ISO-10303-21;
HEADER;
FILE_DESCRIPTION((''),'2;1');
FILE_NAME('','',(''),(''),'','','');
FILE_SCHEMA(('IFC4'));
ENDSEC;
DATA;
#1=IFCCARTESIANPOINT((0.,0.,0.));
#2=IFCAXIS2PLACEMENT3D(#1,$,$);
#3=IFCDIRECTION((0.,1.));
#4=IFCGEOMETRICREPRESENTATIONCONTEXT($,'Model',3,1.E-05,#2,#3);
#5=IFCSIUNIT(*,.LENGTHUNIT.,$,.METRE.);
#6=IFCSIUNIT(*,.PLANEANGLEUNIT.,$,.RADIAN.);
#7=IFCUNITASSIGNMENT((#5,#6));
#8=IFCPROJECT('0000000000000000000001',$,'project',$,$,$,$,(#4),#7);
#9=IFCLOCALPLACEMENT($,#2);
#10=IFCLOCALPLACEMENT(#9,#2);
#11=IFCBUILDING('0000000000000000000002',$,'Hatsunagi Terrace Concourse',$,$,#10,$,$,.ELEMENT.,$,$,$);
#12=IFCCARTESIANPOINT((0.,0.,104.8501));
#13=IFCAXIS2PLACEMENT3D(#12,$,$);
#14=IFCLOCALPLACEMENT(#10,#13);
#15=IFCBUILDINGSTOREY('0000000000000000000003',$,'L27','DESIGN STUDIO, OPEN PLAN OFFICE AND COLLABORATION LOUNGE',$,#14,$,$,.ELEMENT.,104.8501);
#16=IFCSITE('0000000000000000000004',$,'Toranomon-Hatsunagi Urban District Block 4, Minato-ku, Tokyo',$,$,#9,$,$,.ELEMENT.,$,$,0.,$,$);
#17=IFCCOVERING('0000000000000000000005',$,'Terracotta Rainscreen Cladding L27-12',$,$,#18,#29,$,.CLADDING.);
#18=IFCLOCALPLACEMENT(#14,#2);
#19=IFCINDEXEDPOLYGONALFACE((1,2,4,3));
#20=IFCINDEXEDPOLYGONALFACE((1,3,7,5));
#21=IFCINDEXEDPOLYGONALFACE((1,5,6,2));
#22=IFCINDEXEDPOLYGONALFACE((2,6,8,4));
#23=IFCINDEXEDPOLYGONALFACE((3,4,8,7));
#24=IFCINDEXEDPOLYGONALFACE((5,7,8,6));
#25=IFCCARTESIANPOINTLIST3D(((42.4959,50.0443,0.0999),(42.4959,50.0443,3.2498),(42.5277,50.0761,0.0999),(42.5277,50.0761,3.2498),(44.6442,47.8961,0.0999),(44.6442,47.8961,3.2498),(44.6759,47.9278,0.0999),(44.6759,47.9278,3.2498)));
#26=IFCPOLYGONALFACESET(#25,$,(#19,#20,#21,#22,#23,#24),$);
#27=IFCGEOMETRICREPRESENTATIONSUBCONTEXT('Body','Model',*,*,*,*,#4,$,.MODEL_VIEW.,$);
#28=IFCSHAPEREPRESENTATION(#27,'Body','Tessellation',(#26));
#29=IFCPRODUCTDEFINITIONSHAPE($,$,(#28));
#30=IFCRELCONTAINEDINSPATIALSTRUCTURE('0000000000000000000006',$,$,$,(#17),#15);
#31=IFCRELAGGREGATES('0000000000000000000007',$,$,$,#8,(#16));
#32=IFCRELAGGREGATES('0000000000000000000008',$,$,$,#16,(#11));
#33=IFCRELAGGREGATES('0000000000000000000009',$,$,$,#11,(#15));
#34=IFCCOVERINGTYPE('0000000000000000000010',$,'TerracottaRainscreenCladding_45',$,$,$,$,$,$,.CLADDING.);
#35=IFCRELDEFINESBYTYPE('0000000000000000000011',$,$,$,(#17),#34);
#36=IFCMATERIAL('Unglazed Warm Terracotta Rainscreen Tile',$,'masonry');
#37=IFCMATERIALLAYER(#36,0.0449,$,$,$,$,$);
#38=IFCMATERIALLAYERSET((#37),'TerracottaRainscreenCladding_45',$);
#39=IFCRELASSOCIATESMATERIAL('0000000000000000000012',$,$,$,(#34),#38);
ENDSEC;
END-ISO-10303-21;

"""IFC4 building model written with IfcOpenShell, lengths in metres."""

from ifc_helpers import new_model, si_unit, direction, frame, origin, origin_2d, place, context, subcontext, project, spatial, rectangle, extrude, material, layer, layer_set, type_object, element, save


model = new_model("IFC4")

# Units and contexts
model_context = context("Model", 3, precision=1e-05, world=origin(), true_north=direction((0.0, 1.0)))
body_context = subcontext(model_context, "Body", "Model", "MODEL_VIEW")
ifc_project = project(units=[si_unit("LENGTHUNIT", "METRE"), si_unit("PLANEANGLEUNIT", "RADIAN")], contexts=[model_context])

# Site, building, storey
site_placement = place(None, origin())
site = spatial("IfcSite", under=ifc_project, at=site_placement, Name="Toranomon-Hatsunagi Urban District Block 4, Minato-ku, Tokyo", CompositionType="ELEMENT", RefElevation=0.0)
building_placement = place(site_placement, origin())
building = spatial("IfcBuilding", under=site, at=building_placement, Name="Hatsunagi Terrace Concourse", CompositionType="ELEMENT")
storey_placement = place(building_placement, frame((0.0, 0.0, 104.8501)))
storey = spatial("IfcBuildingStorey", under=building, at=storey_placement, Name="L27", Description="DESIGN STUDIO, OPEN PLAN OFFICE AND COLLABORATION LOUNGE", CompositionType="ELEMENT", Elevation=104.8501)

# Covering
ifc_material_1 = material(Name="Unglazed Warm Terracotta Rainscreen Tile", Category="masonry")
ifc_layer_1 = layer(ifc_material_1, 0.0449)
ifc_layer_set_1 = layer_set([ifc_layer_1], Name="TerracottaRainscreenCladding_45")
covering_type = type_object("IfcCoveringType", Name="TerracottaRainscreenCladding_45", PredefinedType="CLADDING", material=ifc_layer_set_1)
covering_placement = place(storey_placement, frame((43.5859, 48.9861, 0.0999), z_axis=(0.0, 0.0, 1.0), x_axis=(0.707107, -0.707107, 0.0)))
element("IfcCovering", 1, at=covering_placement, inside=storey, type_object=covering_type, Name="Terracotta Rainscreen Cladding L27-12", PredefinedType="CLADDING", context=body_context, shape_type="SweptSolid", body=[
    extrude(rectangle(XDim=3.0381, YDim=0.0449, at=origin_2d()), origin(), (0.0, 0.0, 1.0), 3.1499),
])

save(model, "model.ifc")
